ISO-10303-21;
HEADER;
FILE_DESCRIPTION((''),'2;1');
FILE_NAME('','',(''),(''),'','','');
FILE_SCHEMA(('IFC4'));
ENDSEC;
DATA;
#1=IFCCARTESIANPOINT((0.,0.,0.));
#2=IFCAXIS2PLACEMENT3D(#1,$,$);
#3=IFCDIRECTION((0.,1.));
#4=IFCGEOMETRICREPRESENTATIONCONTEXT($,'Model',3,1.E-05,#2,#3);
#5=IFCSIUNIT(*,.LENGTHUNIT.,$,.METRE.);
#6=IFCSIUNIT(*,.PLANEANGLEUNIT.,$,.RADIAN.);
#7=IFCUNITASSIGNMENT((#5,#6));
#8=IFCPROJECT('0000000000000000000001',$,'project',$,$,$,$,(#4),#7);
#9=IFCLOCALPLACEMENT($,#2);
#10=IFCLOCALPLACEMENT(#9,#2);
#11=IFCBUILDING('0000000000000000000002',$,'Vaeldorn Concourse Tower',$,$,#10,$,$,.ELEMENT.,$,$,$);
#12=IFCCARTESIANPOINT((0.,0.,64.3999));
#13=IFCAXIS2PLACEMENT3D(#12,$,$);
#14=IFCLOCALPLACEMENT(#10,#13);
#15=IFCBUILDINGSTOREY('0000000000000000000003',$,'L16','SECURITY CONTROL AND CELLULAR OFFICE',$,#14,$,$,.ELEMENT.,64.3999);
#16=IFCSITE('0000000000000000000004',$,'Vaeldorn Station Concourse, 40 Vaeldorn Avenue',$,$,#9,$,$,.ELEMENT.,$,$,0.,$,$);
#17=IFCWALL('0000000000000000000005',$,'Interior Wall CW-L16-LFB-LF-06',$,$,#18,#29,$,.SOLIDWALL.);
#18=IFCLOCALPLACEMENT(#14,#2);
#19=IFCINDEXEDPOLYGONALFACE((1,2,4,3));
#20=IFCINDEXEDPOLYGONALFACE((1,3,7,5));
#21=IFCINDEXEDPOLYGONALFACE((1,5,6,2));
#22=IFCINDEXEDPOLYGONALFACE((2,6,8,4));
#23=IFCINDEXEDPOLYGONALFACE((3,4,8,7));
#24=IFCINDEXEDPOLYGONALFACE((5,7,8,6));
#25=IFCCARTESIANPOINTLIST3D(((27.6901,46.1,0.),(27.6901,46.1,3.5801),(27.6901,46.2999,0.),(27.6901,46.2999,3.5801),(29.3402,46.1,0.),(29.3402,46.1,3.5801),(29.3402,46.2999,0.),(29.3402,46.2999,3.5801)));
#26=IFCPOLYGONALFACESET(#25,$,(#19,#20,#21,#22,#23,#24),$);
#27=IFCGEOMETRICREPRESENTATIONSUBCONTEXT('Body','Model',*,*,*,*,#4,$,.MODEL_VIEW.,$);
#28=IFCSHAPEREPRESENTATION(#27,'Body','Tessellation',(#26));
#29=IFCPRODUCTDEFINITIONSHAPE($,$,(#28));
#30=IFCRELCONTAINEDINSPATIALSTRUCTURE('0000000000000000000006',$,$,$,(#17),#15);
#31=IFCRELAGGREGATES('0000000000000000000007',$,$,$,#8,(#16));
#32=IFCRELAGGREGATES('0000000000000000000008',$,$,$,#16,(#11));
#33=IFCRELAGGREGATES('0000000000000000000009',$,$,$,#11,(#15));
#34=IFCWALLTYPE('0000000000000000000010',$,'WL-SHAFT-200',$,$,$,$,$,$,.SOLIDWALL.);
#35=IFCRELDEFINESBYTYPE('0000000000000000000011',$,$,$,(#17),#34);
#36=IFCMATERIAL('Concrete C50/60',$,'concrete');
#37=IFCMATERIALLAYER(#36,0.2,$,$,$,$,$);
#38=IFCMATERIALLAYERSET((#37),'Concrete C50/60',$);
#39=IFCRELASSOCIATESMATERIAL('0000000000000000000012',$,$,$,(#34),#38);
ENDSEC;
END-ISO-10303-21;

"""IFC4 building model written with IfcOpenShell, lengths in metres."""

from ifc_helpers import new_model, si_unit, direction, frame, frame_2d, origin, place, context, subcontext, project, spatial, rectangle, extrude, material, layer, layer_set, type_object, element, save


model = new_model("IFC4")

# Units and contexts
model_context = context("Model", 3, precision=1e-05, world=origin(), true_north=direction((0.0, 1.0)))
body_context = subcontext(model_context, "Body", "Model", "MODEL_VIEW")
ifc_project = project(units=[si_unit("LENGTHUNIT", "METRE"), si_unit("PLANEANGLEUNIT", "RADIAN")], contexts=[model_context])

# Site, building, storey
site_placement = place(None, origin())
site = spatial("IfcSite", under=ifc_project, at=site_placement, Name="Vaeldorn Station Concourse, 40 Vaeldorn Avenue", CompositionType="ELEMENT", RefElevation=0.0)
building_placement = place(site_placement, origin())
building = spatial("IfcBuilding", under=site, at=building_placement, Name="Vaeldorn Concourse Tower", CompositionType="ELEMENT")
storey_placement = place(building_placement, frame((0.0, 0.0, 64.3999)))
storey = spatial("IfcBuildingStorey", under=building, at=storey_placement, Name="L16", Description="SECURITY CONTROL AND CELLULAR OFFICE", CompositionType="ELEMENT", Elevation=64.3999)

# Shared definitions
ifc_material_1 = material(Name="Concrete C50/60", Category="concrete")
ifc_layer_1 = layer(ifc_material_1, 0.2)
ifc_layer_set_1 = layer_set([ifc_layer_1], Name="Concrete C50/60")
wall_type_1 = type_object("IfcWallType", Name="WL-SHAFT-200", PredefinedType="SOLIDWALL", material=ifc_layer_set_1)

# Wall
wall_1_placement = place(storey_placement, frame((27.6899, 46.2, 0.0), z_axis=(0.0, 0.0, 1.0), x_axis=(1.0, 0.0, 0.0)))
element("IfcWall", 1, at=wall_1_placement, inside=storey, type_object=wall_type_1, Name="Interior Wall CW-L16-LFB-LF-06", PredefinedType="SOLIDWALL", context=body_context, shape_type="SweptSolid", body=[
    extrude(rectangle(XDim=1.6501, YDim=0.2, at=frame_2d((0.8252, 0.0))), origin(), (0.0, 0.0, 1.0), 3.5801),
])

save(model, "model.ifc")
